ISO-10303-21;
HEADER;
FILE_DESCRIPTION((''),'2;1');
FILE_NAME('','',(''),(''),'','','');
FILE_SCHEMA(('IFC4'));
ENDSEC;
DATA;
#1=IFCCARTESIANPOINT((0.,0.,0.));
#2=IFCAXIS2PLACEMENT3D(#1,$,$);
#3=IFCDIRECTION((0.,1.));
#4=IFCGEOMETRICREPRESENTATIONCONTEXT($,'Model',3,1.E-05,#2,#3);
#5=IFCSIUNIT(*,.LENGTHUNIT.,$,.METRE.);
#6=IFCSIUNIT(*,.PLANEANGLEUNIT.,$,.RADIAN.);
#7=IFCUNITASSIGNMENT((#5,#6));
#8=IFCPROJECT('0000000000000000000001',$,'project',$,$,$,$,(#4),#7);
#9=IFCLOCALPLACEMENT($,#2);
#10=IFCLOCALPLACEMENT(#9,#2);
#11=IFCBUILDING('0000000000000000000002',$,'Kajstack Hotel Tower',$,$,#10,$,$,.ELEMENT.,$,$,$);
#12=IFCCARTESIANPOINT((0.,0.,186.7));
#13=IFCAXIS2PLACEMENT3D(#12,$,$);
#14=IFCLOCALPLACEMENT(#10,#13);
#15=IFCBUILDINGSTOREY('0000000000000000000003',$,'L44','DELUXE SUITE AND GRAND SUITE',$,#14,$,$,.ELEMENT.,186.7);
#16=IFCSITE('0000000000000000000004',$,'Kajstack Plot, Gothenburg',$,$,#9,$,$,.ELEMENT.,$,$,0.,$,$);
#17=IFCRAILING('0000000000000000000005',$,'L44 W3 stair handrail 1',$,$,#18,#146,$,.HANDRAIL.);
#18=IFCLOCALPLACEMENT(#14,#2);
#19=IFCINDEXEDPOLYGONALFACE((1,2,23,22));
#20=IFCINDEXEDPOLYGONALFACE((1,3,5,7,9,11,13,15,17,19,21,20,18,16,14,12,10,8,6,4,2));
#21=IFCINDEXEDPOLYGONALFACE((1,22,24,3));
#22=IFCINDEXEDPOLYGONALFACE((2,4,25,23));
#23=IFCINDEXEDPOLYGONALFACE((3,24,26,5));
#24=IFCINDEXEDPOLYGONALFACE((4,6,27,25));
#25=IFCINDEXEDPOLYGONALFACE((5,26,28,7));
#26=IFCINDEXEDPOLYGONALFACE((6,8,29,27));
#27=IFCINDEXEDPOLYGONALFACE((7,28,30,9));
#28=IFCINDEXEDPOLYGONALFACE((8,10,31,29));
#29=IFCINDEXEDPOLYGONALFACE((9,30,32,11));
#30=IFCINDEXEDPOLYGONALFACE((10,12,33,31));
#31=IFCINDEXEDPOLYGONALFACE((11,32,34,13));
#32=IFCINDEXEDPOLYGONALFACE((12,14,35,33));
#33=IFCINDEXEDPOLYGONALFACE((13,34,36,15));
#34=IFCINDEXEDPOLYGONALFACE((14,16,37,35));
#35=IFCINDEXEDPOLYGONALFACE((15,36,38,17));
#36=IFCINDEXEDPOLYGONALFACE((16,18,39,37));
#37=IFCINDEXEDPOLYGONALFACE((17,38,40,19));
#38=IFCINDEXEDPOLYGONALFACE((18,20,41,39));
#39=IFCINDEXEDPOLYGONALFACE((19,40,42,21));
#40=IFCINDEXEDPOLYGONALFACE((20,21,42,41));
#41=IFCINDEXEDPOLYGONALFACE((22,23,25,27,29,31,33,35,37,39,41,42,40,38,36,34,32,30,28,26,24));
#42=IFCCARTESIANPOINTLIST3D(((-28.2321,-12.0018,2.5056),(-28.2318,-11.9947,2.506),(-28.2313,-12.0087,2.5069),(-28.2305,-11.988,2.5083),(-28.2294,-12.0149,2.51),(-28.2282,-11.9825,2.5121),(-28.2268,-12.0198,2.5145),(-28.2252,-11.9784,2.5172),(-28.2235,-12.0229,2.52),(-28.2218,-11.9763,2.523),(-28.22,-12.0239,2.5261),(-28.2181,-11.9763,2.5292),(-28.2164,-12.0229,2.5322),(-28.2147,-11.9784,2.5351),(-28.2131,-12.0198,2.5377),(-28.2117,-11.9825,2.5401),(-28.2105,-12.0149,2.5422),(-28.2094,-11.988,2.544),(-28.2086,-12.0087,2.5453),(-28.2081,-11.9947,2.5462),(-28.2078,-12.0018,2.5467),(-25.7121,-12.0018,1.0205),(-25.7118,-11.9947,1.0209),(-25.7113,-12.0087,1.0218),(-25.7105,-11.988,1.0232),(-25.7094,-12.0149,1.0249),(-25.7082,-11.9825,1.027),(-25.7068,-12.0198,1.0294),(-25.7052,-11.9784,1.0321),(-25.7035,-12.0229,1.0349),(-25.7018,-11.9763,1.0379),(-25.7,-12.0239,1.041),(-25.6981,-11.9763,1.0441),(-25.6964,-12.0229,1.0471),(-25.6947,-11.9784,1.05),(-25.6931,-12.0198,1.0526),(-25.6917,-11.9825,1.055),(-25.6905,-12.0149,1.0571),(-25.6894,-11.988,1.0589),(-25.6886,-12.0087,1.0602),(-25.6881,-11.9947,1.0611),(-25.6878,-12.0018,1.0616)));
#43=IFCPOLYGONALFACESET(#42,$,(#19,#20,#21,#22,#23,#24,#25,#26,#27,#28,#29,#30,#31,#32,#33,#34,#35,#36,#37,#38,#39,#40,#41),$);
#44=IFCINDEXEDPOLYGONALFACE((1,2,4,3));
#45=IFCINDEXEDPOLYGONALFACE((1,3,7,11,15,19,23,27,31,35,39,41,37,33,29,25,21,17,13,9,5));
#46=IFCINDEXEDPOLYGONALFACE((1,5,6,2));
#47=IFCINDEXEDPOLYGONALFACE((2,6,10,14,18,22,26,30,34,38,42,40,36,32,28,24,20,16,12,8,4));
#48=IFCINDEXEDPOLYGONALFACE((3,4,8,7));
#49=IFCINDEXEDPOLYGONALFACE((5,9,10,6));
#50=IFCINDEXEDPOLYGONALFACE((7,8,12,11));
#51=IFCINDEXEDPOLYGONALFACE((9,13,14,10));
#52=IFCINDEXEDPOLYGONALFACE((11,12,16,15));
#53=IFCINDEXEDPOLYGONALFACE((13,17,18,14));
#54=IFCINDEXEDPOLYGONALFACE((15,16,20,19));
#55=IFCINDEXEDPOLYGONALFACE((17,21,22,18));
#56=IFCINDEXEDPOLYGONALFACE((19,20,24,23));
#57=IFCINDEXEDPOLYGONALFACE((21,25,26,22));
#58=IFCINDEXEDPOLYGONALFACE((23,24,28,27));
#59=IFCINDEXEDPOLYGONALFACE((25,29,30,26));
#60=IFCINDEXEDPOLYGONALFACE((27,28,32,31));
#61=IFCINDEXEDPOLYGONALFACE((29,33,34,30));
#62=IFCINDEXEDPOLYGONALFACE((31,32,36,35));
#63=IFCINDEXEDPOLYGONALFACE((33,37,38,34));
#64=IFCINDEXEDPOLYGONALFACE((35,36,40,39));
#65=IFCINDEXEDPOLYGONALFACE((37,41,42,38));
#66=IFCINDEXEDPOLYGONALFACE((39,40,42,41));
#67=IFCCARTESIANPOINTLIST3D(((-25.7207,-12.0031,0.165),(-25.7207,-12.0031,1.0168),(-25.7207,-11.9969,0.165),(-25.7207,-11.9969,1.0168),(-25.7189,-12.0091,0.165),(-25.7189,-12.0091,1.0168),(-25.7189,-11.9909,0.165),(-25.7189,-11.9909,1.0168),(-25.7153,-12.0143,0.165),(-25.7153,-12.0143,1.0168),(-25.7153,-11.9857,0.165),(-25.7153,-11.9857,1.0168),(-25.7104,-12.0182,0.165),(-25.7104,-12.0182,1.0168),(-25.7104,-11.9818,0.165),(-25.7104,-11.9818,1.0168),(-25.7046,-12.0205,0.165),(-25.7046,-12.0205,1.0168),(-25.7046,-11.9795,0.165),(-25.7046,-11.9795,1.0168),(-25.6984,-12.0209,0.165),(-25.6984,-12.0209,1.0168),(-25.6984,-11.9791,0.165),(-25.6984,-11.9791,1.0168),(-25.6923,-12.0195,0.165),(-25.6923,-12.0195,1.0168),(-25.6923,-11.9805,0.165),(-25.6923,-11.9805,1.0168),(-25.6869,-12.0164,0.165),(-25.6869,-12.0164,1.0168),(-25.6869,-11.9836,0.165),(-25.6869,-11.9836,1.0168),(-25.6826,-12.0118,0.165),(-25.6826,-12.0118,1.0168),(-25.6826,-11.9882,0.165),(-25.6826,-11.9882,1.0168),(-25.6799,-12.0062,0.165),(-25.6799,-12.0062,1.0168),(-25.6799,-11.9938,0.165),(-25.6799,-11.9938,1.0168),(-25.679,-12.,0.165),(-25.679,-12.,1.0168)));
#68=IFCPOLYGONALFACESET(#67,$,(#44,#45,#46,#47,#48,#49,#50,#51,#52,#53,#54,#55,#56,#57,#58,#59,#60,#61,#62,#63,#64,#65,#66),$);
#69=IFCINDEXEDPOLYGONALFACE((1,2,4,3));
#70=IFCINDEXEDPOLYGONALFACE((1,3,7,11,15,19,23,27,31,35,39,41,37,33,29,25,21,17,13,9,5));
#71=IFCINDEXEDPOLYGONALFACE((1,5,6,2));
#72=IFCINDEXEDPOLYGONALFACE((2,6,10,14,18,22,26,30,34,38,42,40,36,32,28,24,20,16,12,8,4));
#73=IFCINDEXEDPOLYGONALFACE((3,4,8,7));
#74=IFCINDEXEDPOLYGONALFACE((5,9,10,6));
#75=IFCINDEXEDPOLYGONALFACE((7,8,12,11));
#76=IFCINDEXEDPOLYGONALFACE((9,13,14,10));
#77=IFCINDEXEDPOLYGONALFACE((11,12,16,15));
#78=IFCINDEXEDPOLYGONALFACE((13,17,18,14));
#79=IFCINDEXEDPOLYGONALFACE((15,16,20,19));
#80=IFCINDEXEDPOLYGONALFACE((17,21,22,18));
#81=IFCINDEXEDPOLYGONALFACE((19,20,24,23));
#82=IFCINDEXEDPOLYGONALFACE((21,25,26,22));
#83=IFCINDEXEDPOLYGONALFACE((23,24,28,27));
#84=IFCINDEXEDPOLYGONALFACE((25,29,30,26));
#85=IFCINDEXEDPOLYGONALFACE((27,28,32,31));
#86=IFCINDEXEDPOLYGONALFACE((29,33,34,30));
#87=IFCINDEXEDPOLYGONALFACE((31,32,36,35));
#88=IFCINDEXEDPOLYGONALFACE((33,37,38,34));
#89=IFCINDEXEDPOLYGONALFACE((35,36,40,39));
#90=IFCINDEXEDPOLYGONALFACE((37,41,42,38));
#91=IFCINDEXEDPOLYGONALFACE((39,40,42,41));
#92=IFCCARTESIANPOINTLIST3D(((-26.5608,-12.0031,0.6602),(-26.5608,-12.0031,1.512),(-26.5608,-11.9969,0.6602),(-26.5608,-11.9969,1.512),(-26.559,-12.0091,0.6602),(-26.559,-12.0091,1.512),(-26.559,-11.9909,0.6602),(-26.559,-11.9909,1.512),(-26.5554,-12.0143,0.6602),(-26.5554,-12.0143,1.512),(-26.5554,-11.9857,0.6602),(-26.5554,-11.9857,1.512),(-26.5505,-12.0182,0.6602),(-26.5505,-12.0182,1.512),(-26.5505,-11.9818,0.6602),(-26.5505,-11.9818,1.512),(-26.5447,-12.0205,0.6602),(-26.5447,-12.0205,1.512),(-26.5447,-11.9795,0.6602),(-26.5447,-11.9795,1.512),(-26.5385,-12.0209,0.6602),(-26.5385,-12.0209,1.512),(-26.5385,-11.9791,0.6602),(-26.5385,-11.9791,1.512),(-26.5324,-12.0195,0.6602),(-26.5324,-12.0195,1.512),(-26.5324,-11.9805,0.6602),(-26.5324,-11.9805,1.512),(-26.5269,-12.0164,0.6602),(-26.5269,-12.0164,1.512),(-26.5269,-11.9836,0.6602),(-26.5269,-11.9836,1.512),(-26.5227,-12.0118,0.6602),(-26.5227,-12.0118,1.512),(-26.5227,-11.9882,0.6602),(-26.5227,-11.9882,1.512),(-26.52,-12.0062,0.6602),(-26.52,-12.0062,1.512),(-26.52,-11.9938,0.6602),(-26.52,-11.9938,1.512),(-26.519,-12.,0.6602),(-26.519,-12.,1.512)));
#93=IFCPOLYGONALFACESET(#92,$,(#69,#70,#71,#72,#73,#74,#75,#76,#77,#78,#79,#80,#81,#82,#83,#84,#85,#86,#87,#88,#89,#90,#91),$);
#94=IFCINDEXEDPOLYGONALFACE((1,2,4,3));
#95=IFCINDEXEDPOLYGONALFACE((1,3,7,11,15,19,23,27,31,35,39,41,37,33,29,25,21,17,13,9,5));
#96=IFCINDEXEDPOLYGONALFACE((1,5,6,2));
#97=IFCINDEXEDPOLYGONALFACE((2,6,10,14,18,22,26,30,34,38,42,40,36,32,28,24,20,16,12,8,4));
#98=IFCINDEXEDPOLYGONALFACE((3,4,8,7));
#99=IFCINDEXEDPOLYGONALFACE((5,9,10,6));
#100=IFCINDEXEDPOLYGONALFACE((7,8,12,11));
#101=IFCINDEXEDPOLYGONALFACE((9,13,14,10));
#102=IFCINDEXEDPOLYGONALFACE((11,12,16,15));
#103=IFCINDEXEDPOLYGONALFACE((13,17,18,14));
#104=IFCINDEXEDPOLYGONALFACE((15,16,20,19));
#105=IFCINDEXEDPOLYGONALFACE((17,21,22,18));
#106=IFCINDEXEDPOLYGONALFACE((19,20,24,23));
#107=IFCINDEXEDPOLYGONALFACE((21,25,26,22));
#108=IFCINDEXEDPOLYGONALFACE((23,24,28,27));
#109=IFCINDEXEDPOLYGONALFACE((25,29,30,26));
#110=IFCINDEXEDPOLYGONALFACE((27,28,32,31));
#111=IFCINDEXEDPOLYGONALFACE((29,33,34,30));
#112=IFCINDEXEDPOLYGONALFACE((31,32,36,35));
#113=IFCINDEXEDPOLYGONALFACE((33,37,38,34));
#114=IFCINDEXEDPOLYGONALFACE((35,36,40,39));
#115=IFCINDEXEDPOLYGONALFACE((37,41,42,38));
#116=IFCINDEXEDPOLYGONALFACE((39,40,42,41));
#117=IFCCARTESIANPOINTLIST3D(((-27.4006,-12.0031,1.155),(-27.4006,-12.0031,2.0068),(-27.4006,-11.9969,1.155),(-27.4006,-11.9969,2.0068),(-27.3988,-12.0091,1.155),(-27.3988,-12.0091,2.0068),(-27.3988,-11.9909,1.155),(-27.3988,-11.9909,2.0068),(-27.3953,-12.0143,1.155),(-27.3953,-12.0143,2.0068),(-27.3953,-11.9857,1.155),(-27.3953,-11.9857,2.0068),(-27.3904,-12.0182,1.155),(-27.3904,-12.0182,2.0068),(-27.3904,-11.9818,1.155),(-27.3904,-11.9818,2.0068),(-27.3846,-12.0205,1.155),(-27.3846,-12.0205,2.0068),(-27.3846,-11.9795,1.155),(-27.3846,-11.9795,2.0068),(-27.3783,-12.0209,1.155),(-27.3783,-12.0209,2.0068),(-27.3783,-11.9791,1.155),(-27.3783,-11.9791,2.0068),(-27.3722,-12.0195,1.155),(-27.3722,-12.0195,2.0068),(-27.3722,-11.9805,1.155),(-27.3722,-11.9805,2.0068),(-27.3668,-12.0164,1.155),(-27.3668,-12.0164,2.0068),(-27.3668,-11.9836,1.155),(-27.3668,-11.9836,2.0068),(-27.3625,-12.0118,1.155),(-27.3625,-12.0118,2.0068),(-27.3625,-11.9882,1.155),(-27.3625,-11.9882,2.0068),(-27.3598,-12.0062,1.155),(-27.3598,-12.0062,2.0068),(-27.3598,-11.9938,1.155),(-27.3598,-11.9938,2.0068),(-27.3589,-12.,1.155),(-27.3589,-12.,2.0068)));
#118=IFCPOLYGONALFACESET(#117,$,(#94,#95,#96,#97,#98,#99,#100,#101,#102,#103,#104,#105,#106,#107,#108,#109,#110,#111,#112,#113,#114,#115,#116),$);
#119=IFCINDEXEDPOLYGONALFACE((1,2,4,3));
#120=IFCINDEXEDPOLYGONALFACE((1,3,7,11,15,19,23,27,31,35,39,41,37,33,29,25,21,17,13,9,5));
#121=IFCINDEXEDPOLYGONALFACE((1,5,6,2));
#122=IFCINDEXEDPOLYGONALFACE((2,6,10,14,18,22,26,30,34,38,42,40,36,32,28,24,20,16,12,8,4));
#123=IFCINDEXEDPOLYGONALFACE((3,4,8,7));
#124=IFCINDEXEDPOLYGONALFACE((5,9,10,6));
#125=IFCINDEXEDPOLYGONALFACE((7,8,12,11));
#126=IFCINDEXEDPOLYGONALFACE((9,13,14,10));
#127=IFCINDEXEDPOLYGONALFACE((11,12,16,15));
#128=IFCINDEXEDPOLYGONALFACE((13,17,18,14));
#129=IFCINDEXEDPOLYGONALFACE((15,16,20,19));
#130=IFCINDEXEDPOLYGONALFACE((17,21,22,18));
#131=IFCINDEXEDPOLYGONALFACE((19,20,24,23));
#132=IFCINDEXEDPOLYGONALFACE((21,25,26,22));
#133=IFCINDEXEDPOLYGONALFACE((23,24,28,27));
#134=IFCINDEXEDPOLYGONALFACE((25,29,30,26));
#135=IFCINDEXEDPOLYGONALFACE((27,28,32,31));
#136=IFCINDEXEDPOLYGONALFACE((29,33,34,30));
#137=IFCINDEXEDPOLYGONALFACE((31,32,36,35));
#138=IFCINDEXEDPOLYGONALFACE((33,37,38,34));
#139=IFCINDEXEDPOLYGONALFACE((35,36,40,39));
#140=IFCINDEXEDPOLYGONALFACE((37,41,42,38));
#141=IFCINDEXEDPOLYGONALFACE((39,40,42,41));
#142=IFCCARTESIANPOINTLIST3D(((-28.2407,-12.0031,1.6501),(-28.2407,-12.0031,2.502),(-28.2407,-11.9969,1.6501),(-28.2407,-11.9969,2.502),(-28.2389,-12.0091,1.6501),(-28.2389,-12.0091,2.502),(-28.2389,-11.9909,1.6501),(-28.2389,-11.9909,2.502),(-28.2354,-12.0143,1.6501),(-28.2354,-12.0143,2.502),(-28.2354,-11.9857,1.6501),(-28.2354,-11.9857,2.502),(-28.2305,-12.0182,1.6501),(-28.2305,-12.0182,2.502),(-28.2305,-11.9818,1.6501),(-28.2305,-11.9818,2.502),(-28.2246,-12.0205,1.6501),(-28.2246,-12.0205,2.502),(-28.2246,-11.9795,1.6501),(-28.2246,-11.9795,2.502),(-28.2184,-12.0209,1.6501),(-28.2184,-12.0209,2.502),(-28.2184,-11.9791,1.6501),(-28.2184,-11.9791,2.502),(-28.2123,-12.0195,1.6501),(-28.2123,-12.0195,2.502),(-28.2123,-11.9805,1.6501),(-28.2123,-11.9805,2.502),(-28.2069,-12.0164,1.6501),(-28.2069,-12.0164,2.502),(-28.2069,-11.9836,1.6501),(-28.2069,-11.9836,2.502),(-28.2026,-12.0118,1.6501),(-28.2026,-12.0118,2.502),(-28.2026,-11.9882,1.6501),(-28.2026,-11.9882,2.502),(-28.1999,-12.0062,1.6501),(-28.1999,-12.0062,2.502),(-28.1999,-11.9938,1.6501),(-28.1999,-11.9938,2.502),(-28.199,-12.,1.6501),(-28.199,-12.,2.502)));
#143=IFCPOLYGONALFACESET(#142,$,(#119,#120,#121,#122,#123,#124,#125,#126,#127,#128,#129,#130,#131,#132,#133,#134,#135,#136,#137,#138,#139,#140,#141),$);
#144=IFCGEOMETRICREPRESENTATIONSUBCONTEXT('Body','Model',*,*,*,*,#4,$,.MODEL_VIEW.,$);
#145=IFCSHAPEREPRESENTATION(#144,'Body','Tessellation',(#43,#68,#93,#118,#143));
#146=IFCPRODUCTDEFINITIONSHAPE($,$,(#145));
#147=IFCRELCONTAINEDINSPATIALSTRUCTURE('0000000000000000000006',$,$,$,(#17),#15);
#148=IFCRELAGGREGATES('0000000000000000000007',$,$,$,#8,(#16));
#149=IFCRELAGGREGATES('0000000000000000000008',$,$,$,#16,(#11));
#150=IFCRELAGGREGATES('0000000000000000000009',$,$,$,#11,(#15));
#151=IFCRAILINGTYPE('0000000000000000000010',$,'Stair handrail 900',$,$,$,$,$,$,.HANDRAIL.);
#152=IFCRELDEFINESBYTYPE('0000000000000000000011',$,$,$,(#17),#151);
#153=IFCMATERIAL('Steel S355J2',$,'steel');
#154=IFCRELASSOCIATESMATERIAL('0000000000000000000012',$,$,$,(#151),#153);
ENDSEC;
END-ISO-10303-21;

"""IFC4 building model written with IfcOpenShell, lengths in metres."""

from ifc_helpers import new_model, si_unit, direction, frame, origin, origin_2d, place, context, subcontext, project, spatial, circle, extrude, material, type_object, element, save


model = new_model("IFC4")

# Units and contexts
model_context = context("Model", 3, precision=1e-05, world=origin(), true_north=direction((0.0, 1.0)))
body_context = subcontext(model_context, "Body", "Model", "MODEL_VIEW")
ifc_project = project(units=[si_unit("LENGTHUNIT", "METRE"), si_unit("PLANEANGLEUNIT", "RADIAN")], contexts=[model_context])

# Site, building, storey
site_placement = place(None, origin())
site = spatial("IfcSite", under=ifc_project, at=site_placement, Name="Kajstack Plot, Gothenburg", CompositionType="ELEMENT", RefElevation=0.0)
building_placement = place(site_placement, origin())
building = spatial("IfcBuilding", under=site, at=building_placement, Name="Kajstack Hotel Tower", CompositionType="ELEMENT")
storey_placement = place(building_placement, frame((0.0, 0.0, 186.7)))
storey = spatial("IfcBuildingStorey", under=building, at=storey_placement, Name="L44", Description="DELUXE SUITE AND GRAND SUITE", CompositionType="ELEMENT", Elevation=186.7)

# Railing
ifc_material_1 = material(Name="Steel S355J2", Category="steel")
railing_type_1 = type_object("IfcRailingType", Name="Stair handrail 900", PredefinedType="HANDRAIL", material=ifc_material_1)
railing_1_placement = place(storey_placement, frame((-25.7, -12.0, 0.165)))
element("IfcRailing", 1, at=railing_1_placement, inside=storey, type_object=railing_type_1, Name="L44 W3 stair handrail 1", PredefinedType="HANDRAIL", context=body_context, shape_type="SweptSolid", body=[
    extrude(circle(Radius=0.0239, at=origin_2d()), frame((0.0, 0.0, 0.876), z_axis=(-0.861524, 0.0, 0.507717), x_axis=(0.0, -1.0, 0.0)), (0.0, 0.0, 1.0), 2.925),
    extrude(circle(Radius=0.021, at=origin_2d()), origin(), (0.0, 0.0, 1.0), 0.8518),
    extrude(circle(Radius=0.021, at=origin_2d()), frame((-0.8401, 0.0, 0.4951)), (0.0, 0.0, 1.0), 0.8518),
    extrude(circle(Radius=0.021, at=origin_2d()), frame((-1.6799, 0.0, 0.99)), (0.0, 0.0, 1.0), 0.8518),
    extrude(circle(Radius=0.021, at=origin_2d()), frame((-2.52, 0.0, 1.4851)), (0.0, 0.0, 1.0), 0.8518),
])

save(model, "model.ifc")
